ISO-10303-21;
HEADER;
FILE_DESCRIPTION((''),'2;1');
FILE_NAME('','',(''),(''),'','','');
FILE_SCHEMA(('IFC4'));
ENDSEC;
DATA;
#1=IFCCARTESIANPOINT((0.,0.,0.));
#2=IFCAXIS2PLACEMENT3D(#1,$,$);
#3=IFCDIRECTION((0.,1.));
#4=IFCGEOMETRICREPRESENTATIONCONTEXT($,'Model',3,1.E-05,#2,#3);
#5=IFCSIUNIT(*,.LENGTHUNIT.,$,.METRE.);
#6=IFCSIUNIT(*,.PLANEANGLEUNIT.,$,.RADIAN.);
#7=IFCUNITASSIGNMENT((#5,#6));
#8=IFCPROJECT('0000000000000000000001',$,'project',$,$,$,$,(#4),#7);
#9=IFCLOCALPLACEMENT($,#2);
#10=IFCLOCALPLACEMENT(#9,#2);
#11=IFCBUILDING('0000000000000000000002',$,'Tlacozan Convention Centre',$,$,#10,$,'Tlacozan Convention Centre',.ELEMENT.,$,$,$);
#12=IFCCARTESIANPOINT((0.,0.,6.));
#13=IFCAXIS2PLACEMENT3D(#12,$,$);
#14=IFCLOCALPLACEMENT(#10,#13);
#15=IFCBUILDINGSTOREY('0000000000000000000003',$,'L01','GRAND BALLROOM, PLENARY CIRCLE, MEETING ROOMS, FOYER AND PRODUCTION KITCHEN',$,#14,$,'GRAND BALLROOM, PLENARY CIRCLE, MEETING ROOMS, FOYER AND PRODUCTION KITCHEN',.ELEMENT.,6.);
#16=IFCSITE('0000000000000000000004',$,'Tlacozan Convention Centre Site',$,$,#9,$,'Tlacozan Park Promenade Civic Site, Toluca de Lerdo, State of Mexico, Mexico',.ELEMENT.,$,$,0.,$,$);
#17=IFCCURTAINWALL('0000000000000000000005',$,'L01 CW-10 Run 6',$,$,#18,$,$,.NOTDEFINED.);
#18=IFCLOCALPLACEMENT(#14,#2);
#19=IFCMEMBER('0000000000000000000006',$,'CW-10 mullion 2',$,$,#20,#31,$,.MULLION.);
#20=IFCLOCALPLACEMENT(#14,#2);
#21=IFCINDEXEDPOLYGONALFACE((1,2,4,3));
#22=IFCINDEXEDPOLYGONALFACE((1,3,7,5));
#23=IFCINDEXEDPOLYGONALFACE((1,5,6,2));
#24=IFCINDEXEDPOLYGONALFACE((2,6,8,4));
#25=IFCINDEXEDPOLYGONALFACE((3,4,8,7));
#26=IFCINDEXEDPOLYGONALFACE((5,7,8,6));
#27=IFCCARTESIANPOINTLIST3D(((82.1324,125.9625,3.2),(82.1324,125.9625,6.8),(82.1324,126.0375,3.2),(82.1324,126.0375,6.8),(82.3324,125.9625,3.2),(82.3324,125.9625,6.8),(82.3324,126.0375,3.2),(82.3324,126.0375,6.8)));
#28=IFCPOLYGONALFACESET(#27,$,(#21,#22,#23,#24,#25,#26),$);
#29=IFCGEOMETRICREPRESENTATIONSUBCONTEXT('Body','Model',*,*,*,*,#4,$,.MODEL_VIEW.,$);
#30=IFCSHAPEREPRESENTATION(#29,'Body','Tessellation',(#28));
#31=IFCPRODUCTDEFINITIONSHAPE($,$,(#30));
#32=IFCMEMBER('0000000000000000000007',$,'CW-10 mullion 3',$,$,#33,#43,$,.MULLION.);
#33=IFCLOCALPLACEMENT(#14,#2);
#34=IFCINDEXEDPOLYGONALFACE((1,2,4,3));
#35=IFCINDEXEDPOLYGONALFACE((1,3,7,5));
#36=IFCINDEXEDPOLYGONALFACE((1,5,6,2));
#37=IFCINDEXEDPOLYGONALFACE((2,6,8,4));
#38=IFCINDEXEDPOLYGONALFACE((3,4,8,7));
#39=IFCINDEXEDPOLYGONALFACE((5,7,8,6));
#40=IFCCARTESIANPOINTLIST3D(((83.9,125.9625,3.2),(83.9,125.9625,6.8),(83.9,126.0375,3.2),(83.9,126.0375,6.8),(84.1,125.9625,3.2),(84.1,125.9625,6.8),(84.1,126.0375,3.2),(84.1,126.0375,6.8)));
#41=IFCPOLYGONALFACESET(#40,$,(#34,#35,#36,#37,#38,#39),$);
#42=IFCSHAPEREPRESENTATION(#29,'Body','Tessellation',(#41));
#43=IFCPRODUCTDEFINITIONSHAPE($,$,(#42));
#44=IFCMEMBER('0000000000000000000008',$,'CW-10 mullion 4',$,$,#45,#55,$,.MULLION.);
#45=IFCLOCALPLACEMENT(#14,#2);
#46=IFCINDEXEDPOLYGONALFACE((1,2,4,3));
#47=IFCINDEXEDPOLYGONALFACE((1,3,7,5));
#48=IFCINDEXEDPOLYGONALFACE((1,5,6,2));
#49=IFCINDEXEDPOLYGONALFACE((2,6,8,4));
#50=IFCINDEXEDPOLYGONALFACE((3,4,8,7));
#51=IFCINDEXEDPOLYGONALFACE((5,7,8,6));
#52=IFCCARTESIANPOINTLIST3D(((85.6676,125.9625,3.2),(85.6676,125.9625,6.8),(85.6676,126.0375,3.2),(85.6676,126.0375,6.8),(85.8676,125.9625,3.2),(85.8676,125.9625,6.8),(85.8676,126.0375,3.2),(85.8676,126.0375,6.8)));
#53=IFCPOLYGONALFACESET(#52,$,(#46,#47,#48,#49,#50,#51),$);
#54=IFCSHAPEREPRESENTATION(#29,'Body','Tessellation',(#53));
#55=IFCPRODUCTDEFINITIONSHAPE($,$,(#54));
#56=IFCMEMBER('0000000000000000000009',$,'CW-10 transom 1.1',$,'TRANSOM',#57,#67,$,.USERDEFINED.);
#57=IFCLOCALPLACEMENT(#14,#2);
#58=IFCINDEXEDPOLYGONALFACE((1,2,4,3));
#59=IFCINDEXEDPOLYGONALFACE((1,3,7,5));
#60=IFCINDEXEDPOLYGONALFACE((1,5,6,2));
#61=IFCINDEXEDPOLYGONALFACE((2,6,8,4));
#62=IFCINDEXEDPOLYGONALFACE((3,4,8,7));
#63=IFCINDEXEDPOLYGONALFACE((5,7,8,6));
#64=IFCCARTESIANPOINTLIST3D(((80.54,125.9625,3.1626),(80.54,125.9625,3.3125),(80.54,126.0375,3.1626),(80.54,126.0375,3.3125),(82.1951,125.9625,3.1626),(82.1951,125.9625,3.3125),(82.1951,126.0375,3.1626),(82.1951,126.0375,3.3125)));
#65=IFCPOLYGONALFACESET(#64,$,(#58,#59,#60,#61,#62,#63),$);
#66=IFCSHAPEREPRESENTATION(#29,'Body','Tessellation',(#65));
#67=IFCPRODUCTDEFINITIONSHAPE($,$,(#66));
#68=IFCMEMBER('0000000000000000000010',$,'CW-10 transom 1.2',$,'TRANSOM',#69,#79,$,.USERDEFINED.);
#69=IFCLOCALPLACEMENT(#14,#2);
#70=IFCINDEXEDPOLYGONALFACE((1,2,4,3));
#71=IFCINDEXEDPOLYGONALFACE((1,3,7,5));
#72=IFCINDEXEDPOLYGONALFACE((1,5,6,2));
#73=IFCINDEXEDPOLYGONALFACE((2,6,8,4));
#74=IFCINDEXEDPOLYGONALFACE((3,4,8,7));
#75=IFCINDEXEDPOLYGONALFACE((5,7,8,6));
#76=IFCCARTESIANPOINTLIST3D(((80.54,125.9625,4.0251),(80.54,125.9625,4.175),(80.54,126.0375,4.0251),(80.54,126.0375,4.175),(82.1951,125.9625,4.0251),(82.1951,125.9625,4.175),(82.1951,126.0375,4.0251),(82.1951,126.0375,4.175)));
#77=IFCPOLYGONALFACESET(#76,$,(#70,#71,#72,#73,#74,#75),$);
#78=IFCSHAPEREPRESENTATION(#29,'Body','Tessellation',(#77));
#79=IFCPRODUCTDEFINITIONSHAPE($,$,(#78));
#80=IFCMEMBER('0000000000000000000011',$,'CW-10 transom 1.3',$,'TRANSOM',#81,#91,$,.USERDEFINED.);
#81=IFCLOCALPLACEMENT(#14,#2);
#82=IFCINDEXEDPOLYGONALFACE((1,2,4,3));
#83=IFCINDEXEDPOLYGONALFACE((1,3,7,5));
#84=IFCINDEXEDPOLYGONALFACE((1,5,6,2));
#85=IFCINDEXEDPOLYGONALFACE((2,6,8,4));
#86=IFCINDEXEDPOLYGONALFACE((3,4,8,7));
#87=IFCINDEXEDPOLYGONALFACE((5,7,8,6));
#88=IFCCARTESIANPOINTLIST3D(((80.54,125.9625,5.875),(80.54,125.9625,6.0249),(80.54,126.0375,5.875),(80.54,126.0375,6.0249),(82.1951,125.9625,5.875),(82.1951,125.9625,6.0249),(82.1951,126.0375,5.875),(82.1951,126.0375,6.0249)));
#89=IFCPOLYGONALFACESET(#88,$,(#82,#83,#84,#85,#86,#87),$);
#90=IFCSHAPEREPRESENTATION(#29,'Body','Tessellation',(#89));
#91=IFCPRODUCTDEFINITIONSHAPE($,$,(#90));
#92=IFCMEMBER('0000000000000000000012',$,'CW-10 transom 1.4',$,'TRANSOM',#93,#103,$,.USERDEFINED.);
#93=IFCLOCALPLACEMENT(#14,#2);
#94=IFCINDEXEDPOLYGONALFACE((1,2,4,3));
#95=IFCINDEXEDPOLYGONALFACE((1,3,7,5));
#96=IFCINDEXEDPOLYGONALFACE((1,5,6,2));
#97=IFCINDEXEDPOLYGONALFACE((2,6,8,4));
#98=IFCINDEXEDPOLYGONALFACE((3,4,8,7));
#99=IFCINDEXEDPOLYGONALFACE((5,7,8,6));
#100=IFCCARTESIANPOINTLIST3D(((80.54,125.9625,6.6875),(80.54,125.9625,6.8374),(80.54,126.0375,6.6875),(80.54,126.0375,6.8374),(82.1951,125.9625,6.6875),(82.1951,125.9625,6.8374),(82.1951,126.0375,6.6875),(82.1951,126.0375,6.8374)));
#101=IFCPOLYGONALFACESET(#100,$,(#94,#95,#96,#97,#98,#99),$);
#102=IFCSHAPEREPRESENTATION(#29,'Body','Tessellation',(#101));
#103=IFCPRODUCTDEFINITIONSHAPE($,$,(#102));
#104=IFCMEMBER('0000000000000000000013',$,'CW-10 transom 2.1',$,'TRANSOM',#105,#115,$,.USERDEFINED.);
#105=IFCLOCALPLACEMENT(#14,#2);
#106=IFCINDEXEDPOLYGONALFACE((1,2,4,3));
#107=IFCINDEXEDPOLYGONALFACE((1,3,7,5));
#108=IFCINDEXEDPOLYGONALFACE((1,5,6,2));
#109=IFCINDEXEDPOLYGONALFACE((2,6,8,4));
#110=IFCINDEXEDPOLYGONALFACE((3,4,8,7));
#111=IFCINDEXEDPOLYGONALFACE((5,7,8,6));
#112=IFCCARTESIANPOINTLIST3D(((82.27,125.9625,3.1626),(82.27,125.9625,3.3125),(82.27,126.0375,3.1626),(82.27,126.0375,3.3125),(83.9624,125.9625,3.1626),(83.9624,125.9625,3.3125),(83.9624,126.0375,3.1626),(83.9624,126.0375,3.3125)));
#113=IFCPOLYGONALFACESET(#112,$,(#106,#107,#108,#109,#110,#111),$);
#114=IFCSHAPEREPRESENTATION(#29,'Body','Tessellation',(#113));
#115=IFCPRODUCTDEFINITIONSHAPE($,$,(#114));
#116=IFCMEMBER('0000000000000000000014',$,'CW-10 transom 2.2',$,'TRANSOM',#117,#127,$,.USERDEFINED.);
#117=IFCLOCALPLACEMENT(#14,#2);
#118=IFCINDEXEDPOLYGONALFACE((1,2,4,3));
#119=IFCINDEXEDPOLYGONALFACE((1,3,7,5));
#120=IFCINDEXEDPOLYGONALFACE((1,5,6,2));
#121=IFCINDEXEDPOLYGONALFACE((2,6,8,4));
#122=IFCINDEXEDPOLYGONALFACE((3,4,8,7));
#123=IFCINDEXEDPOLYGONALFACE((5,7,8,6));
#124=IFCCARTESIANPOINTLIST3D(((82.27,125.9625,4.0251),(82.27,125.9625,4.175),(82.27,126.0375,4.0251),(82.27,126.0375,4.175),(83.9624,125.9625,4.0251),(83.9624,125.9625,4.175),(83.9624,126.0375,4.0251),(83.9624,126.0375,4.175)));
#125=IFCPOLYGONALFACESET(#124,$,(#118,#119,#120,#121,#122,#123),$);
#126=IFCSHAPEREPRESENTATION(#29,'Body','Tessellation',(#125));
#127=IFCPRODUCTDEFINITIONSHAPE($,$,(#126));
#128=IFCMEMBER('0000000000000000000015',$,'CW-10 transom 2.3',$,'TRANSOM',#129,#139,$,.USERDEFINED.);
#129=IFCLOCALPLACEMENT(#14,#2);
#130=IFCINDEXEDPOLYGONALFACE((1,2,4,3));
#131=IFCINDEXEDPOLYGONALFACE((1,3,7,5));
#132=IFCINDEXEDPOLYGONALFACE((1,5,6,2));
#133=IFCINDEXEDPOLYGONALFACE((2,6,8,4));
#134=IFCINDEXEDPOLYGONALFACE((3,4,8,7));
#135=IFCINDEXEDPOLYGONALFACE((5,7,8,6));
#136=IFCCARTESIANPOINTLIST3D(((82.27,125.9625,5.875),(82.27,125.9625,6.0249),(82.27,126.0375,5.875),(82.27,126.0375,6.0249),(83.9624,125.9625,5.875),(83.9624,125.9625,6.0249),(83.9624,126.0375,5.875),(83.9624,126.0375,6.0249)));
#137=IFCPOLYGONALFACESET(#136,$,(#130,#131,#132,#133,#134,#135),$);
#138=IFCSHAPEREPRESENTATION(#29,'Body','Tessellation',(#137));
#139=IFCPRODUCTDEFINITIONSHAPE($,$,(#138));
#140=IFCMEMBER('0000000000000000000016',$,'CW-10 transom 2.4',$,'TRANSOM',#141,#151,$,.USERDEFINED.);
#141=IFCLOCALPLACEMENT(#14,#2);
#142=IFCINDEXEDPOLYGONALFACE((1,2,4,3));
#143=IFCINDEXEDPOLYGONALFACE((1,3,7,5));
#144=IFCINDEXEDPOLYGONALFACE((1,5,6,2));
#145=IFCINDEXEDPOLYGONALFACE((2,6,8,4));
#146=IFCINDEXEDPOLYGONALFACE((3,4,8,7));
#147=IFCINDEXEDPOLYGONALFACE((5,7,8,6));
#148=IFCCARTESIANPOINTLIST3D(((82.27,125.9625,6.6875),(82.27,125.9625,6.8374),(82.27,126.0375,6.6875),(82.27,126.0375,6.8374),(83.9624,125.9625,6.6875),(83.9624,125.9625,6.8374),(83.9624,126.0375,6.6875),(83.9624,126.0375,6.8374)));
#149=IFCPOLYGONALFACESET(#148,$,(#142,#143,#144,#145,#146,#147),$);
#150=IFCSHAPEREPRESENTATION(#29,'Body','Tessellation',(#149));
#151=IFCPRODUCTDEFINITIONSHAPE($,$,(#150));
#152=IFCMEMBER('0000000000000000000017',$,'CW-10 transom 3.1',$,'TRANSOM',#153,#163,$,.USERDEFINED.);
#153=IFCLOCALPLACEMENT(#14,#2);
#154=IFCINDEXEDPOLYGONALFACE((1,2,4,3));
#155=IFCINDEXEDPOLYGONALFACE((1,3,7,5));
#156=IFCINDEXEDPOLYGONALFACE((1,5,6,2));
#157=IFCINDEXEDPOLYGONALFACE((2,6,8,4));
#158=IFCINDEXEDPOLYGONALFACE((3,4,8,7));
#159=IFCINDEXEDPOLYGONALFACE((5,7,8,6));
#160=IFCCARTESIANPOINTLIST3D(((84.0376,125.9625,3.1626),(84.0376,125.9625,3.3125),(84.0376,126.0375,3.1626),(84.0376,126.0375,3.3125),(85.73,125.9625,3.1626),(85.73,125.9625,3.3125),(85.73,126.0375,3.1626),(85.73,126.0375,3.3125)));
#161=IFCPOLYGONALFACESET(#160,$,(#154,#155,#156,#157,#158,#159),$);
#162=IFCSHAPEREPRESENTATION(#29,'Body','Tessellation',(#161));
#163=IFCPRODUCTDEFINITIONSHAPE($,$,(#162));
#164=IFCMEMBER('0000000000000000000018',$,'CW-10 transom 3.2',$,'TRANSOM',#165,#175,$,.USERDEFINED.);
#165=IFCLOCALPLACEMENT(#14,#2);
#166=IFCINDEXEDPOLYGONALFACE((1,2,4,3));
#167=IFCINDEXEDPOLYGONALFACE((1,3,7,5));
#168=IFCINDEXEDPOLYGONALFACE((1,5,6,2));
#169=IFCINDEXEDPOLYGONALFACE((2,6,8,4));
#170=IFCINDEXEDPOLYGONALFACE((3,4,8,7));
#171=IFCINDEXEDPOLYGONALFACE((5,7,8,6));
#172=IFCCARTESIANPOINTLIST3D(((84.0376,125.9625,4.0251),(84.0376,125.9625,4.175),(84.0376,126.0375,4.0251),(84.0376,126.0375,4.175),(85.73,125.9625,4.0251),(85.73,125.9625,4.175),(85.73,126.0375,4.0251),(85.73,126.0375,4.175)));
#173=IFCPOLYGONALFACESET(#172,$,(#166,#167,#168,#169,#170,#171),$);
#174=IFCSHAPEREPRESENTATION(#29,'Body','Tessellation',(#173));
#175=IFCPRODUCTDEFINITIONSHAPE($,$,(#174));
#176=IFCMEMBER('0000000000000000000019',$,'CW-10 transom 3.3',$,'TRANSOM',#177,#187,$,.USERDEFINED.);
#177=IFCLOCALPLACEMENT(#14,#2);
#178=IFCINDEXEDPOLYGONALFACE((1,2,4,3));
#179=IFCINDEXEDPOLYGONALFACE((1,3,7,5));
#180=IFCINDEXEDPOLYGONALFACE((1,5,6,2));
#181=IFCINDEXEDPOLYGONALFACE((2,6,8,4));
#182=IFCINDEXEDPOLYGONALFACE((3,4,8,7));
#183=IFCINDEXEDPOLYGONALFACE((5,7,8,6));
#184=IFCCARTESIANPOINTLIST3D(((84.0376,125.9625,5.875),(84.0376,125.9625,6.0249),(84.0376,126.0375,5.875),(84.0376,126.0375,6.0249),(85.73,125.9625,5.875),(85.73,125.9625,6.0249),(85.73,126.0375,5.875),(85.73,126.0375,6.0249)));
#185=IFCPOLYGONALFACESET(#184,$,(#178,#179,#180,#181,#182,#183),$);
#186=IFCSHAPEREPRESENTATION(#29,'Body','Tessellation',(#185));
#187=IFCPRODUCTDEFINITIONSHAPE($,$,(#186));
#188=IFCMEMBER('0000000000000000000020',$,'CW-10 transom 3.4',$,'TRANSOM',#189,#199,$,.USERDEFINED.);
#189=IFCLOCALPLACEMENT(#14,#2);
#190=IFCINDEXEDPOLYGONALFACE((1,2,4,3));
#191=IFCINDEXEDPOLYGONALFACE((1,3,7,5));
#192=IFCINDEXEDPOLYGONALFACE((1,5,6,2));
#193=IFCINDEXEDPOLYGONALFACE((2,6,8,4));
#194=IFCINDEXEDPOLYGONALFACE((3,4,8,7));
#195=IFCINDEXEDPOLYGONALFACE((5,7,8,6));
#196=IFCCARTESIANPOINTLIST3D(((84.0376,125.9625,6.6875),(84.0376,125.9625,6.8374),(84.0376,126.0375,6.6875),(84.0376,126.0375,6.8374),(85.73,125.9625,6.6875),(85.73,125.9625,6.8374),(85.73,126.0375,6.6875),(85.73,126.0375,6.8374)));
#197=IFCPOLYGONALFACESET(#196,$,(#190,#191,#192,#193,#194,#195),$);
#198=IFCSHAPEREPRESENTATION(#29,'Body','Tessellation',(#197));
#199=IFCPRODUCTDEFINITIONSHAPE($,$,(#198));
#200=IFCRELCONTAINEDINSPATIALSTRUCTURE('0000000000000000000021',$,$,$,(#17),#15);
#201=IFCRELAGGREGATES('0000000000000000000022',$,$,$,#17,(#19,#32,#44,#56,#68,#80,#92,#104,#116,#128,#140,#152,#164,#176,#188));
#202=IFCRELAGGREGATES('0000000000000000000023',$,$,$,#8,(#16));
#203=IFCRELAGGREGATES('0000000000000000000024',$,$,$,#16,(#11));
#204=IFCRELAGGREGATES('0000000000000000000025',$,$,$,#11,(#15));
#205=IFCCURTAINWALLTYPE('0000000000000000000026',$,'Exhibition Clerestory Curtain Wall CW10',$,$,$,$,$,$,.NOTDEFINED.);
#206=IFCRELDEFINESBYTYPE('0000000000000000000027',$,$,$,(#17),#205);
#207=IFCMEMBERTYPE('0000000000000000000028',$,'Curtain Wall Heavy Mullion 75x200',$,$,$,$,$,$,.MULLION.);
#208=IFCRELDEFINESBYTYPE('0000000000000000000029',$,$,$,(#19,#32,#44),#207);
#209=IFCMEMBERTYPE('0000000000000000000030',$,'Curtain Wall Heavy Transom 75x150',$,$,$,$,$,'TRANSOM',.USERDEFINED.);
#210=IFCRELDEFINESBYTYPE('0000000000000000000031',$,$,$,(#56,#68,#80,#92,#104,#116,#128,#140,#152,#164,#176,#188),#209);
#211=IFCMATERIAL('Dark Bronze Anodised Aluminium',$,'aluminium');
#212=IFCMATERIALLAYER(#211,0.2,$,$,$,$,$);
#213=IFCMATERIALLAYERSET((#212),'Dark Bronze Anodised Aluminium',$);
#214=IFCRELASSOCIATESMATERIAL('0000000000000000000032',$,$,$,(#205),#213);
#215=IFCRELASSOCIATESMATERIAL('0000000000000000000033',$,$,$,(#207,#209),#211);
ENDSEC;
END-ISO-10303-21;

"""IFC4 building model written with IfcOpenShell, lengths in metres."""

from ifc_helpers import new_model, si_unit, direction, frame, origin, origin_2d, place, context, subcontext, project, spatial, rectangle, extrude, material, layer, layer_set, material_profile, profile_set, type_object, element, aggregate, save


model = new_model("IFC4")

# Units and contexts
model_context = context("Model", 3, precision=1e-05, world=origin(), true_north=direction((0.0, 1.0)))
body_context = subcontext(model_context, "Body", "Model", "MODEL_VIEW")
ifc_project = project(units=[si_unit("LENGTHUNIT", "METRE"), si_unit("PLANEANGLEUNIT", "RADIAN")], contexts=[model_context])

# Site, building, storey
site_placement = place(None, origin())
site = spatial("IfcSite", under=ifc_project, at=site_placement, Name="Tlacozan Convention Centre Site", LongName="Tlacozan Park Promenade Civic Site, Toluca de Lerdo, State of Mexico, Mexico", CompositionType="ELEMENT", RefElevation=0.0)
building_placement = place(site_placement, origin())
building = spatial("IfcBuilding", under=site, at=building_placement, Name="Tlacozan Convention Centre", LongName="Tlacozan Convention Centre", CompositionType="ELEMENT")
storey_placement = place(building_placement, frame((0.0, 0.0, 6.0)))
storey = spatial("IfcBuildingStorey", under=building, at=storey_placement, Name="L01", Description="GRAND BALLROOM, PLENARY CIRCLE, MEETING ROOMS, FOYER AND PRODUCTION KITCHEN", LongName="GRAND BALLROOM, PLENARY CIRCLE, MEETING ROOMS, FOYER AND PRODUCTION KITCHEN", CompositionType="ELEMENT", Elevation=6.0)

# Curtain wall, members
ifc_material_1 = material(Name="Dark Bronze Anodised Aluminium", Category="aluminium")
ifc_layer_1 = layer(ifc_material_1, 0.2)
ifc_layer_set_1 = layer_set([ifc_layer_1], Name="Dark Bronze Anodised Aluminium")
curtain_wall_type = type_object("IfcCurtainWallType", Name="Exhibition Clerestory Curtain Wall CW10", PredefinedType="NOTDEFINED", material=ifc_layer_set_1)
curtain_wall_placement = place(storey_placement, origin())
curtain_wall = element("IfcCurtainWall", 1, at=curtain_wall_placement, inside=storey, type_object=curtain_wall_type, Name="L01 CW-10 Run 6", PredefinedType="NOTDEFINED")
ifc_material_profile_1 = material_profile(ifc_material_1, rectangle(XDim=0.075, YDim=0.2, at=origin_2d()), Name="ALU 75x200")
ifc_profile_set_1 = profile_set([ifc_material_profile_1], Name="Dark Bronze Anodised Aluminium")
member_type_1 = type_object("IfcMemberType", Name="Curtain Wall Heavy Mullion 75x200", PredefinedType="MULLION", material=ifc_profile_set_1)
member_1_placement = place(storey_placement, frame((82.2324, 126.0, 3.2), z_axis=(0.0, 0.0, 1.0), x_axis=(0.0, 1.0, 0.0)))
member_1 = element("IfcMember", 2, at=member_1_placement, type_object=member_type_1, Name="CW-10 mullion 2", PredefinedType="MULLION", context=body_context, shape_type="SweptSolid", body=[
    extrude(rectangle(XDim=0.075, YDim=0.2, at=origin_2d()), origin(), (0.0, 0.0, 1.0), 3.6001),
])
member_2_placement = place(storey_placement, frame((84.0, 126.0, 3.2), z_axis=(0.0, 0.0, 1.0), x_axis=(0.0, 1.0, 0.0)))
member_2 = element("IfcMember", 3, at=member_2_placement, type_object=member_type_1, Name="CW-10 mullion 3", PredefinedType="MULLION", context=body_context, shape_type="SweptSolid", body=[
    extrude(rectangle(XDim=0.075, YDim=0.2, at=origin_2d()), origin(), (0.0, 0.0, 1.0), 3.6001),
])
member_3_placement = place(storey_placement, frame((85.7676, 126.0, 3.2), z_axis=(0.0, 0.0, 1.0), x_axis=(0.0, 1.0, 0.0)))
member_3 = element("IfcMember", 4, at=member_3_placement, type_object=member_type_1, Name="CW-10 mullion 4", PredefinedType="MULLION", context=body_context, shape_type="SweptSolid", body=[
    extrude(rectangle(XDim=0.075, YDim=0.2, at=origin_2d()), origin(), (0.0, 0.0, 1.0), 3.6001),
])
ifc_material_profile_2 = material_profile(ifc_material_1, rectangle(XDim=0.075, YDim=0.1499, at=origin_2d()), Name="ALU 75x150")
ifc_profile_set_2 = profile_set([ifc_material_profile_2], Name="Dark Bronze Anodised Aluminium")
member_type_2 = type_object("IfcMemberType", Name="Curtain Wall Heavy Transom 75x150", ElementType="TRANSOM", PredefinedType="USERDEFINED", material=ifc_profile_set_2)
member_4_placement = place(storey_placement, frame((80.54, 126.0, 3.2375), z_axis=(1.0, 0.0, 0.0), x_axis=(0.0, 1.0, 0.0)))
member_4 = element("IfcMember", 5, at=member_4_placement, type_object=member_type_2, Name="CW-10 transom 1.1", ObjectType="TRANSOM", PredefinedType="USERDEFINED", context=body_context, shape_type="SweptSolid", body=[
    extrude(rectangle(XDim=0.075, YDim=0.1499, at=origin_2d()), origin(), (0.0, 0.0, 1.0), 1.655),
])
member_5_placement = place(storey_placement, frame((80.54, 126.0, 4.1001), z_axis=(1.0, 0.0, 0.0), x_axis=(0.0, 1.0, 0.0)))
member_5 = element("IfcMember", 6, at=member_5_placement, type_object=member_type_2, Name="CW-10 transom 1.2", ObjectType="TRANSOM", PredefinedType="USERDEFINED", context=body_context, shape_type="SweptSolid", body=[
    extrude(rectangle(XDim=0.075, YDim=0.1499, at=origin_2d()), origin(), (0.0, 0.0, 1.0), 1.655),
])
member_6_placement = place(storey_placement, frame((80.54, 126.0, 5.95), z_axis=(1.0, 0.0, 0.0), x_axis=(0.0, 1.0, 0.0)))
member_6 = element("IfcMember", 7, at=member_6_placement, type_object=member_type_2, Name="CW-10 transom 1.3", ObjectType="TRANSOM", PredefinedType="USERDEFINED", context=body_context, shape_type="SweptSolid", body=[
    extrude(rectangle(XDim=0.075, YDim=0.1499, at=origin_2d()), origin(), (0.0, 0.0, 1.0), 1.655),
])
member_7_placement = place(storey_placement, frame((80.54, 126.0, 6.7625), z_axis=(1.0, 0.0, 0.0), x_axis=(0.0, 1.0, 0.0)))
member_7 = element("IfcMember", 8, at=member_7_placement, type_object=member_type_2, Name="CW-10 transom 1.4", ObjectType="TRANSOM", PredefinedType="USERDEFINED", context=body_context, shape_type="SweptSolid", body=[
    extrude(rectangle(XDim=0.075, YDim=0.1499, at=origin_2d()), origin(), (0.0, 0.0, 1.0), 1.655),
])
member_8_placement = place(storey_placement, frame((82.27, 126.0, 3.2375), z_axis=(1.0, 0.0, 0.0), x_axis=(0.0, 1.0, 0.0)))
member_8 = element("IfcMember", 9, at=member_8_placement, type_object=member_type_2, Name="CW-10 transom 2.1", ObjectType="TRANSOM", PredefinedType="USERDEFINED", context=body_context, shape_type="SweptSolid", body=[
    extrude(rectangle(XDim=0.075, YDim=0.1499, at=origin_2d()), origin(), (0.0, 0.0, 1.0), 1.6924),
])
member_9_placement = place(storey_placement, frame((82.27, 126.0, 4.1001), z_axis=(1.0, 0.0, 0.0), x_axis=(0.0, 1.0, 0.0)))
member_9 = element("IfcMember", 10, at=member_9_placement, type_object=member_type_2, Name="CW-10 transom 2.2", ObjectType="TRANSOM", PredefinedType="USERDEFINED", context=body_context, shape_type="SweptSolid", body=[
    extrude(rectangle(XDim=0.075, YDim=0.1499, at=origin_2d()), origin(), (0.0, 0.0, 1.0), 1.6924),
])
member_10_placement = place(storey_placement, frame((82.27, 126.0, 5.95), z_axis=(1.0, 0.0, 0.0), x_axis=(0.0, 1.0, 0.0)))
member_10 = element("IfcMember", 11, at=member_10_placement, type_object=member_type_2, Name="CW-10 transom 2.3", ObjectType="TRANSOM", PredefinedType="USERDEFINED", context=body_context, shape_type="SweptSolid", body=[
    extrude(rectangle(XDim=0.075, YDim=0.1499, at=origin_2d()), origin(), (0.0, 0.0, 1.0), 1.6924),
])
member_11_placement = place(storey_placement, frame((82.27, 126.0, 6.7625), z_axis=(1.0, 0.0, 0.0), x_axis=(0.0, 1.0, 0.0)))
member_11 = element("IfcMember", 12, at=member_11_placement, type_object=member_type_2, Name="CW-10 transom 2.4", ObjectType="TRANSOM", PredefinedType="USERDEFINED", context=body_context, shape_type="SweptSolid", body=[
    extrude(rectangle(XDim=0.075, YDim=0.1499, at=origin_2d()), origin(), (0.0, 0.0, 1.0), 1.6924),
])
member_12_placement = place(storey_placement, frame((84.0376, 126.0, 3.2375), z_axis=(1.0, 0.0, 0.0), x_axis=(0.0, 1.0, 0.0)))
member_12 = element("IfcMember", 13, at=member_12_placement, type_object=member_type_2, Name="CW-10 transom 3.1", ObjectType="TRANSOM", PredefinedType="USERDEFINED", context=body_context, shape_type="SweptSolid", body=[
    extrude(rectangle(XDim=0.075, YDim=0.1499, at=origin_2d()), origin(), (0.0, 0.0, 1.0), 1.6924),
])
member_13_placement = place(storey_placement, frame((84.0376, 126.0, 4.1001), z_axis=(1.0, 0.0, 0.0), x_axis=(0.0, 1.0, 0.0)))
member_13 = element("IfcMember", 14, at=member_13_placement, type_object=member_type_2, Name="CW-10 transom 3.2", ObjectType="TRANSOM", PredefinedType="USERDEFINED", context=body_context, shape_type="SweptSolid", body=[
    extrude(rectangle(XDim=0.075, YDim=0.1499, at=origin_2d()), origin(), (0.0, 0.0, 1.0), 1.6924),
])
member_14_placement = place(storey_placement, frame((84.0376, 126.0, 5.95), z_axis=(1.0, 0.0, 0.0), x_axis=(0.0, 1.0, 0.0)))
member_14 = element("IfcMember", 15, at=member_14_placement, type_object=member_type_2, Name="CW-10 transom 3.3", ObjectType="TRANSOM", PredefinedType="USERDEFINED", context=body_context, shape_type="SweptSolid", body=[
    extrude(rectangle(XDim=0.075, YDim=0.1499, at=origin_2d()), origin(), (0.0, 0.0, 1.0), 1.6924),
])
member_15_placement = place(storey_placement, frame((84.0376, 126.0, 6.7625), z_axis=(1.0, 0.0, 0.0), x_axis=(0.0, 1.0, 0.0)))
member_15 = element("IfcMember", 16, at=member_15_placement, type_object=member_type_2, Name="CW-10 transom 3.4", ObjectType="TRANSOM", PredefinedType="USERDEFINED", context=body_context, shape_type="SweptSolid", body=[
    extrude(rectangle(XDim=0.075, YDim=0.1499, at=origin_2d()), origin(), (0.0, 0.0, 1.0), 1.6924),
])
aggregate(curtain_wall, [member_1, member_2, member_3, member_4, member_5, member_6, member_7, member_8, member_9, member_10, member_11, member_12, member_13, member_14, member_15])

save(model, "model.ifc")
